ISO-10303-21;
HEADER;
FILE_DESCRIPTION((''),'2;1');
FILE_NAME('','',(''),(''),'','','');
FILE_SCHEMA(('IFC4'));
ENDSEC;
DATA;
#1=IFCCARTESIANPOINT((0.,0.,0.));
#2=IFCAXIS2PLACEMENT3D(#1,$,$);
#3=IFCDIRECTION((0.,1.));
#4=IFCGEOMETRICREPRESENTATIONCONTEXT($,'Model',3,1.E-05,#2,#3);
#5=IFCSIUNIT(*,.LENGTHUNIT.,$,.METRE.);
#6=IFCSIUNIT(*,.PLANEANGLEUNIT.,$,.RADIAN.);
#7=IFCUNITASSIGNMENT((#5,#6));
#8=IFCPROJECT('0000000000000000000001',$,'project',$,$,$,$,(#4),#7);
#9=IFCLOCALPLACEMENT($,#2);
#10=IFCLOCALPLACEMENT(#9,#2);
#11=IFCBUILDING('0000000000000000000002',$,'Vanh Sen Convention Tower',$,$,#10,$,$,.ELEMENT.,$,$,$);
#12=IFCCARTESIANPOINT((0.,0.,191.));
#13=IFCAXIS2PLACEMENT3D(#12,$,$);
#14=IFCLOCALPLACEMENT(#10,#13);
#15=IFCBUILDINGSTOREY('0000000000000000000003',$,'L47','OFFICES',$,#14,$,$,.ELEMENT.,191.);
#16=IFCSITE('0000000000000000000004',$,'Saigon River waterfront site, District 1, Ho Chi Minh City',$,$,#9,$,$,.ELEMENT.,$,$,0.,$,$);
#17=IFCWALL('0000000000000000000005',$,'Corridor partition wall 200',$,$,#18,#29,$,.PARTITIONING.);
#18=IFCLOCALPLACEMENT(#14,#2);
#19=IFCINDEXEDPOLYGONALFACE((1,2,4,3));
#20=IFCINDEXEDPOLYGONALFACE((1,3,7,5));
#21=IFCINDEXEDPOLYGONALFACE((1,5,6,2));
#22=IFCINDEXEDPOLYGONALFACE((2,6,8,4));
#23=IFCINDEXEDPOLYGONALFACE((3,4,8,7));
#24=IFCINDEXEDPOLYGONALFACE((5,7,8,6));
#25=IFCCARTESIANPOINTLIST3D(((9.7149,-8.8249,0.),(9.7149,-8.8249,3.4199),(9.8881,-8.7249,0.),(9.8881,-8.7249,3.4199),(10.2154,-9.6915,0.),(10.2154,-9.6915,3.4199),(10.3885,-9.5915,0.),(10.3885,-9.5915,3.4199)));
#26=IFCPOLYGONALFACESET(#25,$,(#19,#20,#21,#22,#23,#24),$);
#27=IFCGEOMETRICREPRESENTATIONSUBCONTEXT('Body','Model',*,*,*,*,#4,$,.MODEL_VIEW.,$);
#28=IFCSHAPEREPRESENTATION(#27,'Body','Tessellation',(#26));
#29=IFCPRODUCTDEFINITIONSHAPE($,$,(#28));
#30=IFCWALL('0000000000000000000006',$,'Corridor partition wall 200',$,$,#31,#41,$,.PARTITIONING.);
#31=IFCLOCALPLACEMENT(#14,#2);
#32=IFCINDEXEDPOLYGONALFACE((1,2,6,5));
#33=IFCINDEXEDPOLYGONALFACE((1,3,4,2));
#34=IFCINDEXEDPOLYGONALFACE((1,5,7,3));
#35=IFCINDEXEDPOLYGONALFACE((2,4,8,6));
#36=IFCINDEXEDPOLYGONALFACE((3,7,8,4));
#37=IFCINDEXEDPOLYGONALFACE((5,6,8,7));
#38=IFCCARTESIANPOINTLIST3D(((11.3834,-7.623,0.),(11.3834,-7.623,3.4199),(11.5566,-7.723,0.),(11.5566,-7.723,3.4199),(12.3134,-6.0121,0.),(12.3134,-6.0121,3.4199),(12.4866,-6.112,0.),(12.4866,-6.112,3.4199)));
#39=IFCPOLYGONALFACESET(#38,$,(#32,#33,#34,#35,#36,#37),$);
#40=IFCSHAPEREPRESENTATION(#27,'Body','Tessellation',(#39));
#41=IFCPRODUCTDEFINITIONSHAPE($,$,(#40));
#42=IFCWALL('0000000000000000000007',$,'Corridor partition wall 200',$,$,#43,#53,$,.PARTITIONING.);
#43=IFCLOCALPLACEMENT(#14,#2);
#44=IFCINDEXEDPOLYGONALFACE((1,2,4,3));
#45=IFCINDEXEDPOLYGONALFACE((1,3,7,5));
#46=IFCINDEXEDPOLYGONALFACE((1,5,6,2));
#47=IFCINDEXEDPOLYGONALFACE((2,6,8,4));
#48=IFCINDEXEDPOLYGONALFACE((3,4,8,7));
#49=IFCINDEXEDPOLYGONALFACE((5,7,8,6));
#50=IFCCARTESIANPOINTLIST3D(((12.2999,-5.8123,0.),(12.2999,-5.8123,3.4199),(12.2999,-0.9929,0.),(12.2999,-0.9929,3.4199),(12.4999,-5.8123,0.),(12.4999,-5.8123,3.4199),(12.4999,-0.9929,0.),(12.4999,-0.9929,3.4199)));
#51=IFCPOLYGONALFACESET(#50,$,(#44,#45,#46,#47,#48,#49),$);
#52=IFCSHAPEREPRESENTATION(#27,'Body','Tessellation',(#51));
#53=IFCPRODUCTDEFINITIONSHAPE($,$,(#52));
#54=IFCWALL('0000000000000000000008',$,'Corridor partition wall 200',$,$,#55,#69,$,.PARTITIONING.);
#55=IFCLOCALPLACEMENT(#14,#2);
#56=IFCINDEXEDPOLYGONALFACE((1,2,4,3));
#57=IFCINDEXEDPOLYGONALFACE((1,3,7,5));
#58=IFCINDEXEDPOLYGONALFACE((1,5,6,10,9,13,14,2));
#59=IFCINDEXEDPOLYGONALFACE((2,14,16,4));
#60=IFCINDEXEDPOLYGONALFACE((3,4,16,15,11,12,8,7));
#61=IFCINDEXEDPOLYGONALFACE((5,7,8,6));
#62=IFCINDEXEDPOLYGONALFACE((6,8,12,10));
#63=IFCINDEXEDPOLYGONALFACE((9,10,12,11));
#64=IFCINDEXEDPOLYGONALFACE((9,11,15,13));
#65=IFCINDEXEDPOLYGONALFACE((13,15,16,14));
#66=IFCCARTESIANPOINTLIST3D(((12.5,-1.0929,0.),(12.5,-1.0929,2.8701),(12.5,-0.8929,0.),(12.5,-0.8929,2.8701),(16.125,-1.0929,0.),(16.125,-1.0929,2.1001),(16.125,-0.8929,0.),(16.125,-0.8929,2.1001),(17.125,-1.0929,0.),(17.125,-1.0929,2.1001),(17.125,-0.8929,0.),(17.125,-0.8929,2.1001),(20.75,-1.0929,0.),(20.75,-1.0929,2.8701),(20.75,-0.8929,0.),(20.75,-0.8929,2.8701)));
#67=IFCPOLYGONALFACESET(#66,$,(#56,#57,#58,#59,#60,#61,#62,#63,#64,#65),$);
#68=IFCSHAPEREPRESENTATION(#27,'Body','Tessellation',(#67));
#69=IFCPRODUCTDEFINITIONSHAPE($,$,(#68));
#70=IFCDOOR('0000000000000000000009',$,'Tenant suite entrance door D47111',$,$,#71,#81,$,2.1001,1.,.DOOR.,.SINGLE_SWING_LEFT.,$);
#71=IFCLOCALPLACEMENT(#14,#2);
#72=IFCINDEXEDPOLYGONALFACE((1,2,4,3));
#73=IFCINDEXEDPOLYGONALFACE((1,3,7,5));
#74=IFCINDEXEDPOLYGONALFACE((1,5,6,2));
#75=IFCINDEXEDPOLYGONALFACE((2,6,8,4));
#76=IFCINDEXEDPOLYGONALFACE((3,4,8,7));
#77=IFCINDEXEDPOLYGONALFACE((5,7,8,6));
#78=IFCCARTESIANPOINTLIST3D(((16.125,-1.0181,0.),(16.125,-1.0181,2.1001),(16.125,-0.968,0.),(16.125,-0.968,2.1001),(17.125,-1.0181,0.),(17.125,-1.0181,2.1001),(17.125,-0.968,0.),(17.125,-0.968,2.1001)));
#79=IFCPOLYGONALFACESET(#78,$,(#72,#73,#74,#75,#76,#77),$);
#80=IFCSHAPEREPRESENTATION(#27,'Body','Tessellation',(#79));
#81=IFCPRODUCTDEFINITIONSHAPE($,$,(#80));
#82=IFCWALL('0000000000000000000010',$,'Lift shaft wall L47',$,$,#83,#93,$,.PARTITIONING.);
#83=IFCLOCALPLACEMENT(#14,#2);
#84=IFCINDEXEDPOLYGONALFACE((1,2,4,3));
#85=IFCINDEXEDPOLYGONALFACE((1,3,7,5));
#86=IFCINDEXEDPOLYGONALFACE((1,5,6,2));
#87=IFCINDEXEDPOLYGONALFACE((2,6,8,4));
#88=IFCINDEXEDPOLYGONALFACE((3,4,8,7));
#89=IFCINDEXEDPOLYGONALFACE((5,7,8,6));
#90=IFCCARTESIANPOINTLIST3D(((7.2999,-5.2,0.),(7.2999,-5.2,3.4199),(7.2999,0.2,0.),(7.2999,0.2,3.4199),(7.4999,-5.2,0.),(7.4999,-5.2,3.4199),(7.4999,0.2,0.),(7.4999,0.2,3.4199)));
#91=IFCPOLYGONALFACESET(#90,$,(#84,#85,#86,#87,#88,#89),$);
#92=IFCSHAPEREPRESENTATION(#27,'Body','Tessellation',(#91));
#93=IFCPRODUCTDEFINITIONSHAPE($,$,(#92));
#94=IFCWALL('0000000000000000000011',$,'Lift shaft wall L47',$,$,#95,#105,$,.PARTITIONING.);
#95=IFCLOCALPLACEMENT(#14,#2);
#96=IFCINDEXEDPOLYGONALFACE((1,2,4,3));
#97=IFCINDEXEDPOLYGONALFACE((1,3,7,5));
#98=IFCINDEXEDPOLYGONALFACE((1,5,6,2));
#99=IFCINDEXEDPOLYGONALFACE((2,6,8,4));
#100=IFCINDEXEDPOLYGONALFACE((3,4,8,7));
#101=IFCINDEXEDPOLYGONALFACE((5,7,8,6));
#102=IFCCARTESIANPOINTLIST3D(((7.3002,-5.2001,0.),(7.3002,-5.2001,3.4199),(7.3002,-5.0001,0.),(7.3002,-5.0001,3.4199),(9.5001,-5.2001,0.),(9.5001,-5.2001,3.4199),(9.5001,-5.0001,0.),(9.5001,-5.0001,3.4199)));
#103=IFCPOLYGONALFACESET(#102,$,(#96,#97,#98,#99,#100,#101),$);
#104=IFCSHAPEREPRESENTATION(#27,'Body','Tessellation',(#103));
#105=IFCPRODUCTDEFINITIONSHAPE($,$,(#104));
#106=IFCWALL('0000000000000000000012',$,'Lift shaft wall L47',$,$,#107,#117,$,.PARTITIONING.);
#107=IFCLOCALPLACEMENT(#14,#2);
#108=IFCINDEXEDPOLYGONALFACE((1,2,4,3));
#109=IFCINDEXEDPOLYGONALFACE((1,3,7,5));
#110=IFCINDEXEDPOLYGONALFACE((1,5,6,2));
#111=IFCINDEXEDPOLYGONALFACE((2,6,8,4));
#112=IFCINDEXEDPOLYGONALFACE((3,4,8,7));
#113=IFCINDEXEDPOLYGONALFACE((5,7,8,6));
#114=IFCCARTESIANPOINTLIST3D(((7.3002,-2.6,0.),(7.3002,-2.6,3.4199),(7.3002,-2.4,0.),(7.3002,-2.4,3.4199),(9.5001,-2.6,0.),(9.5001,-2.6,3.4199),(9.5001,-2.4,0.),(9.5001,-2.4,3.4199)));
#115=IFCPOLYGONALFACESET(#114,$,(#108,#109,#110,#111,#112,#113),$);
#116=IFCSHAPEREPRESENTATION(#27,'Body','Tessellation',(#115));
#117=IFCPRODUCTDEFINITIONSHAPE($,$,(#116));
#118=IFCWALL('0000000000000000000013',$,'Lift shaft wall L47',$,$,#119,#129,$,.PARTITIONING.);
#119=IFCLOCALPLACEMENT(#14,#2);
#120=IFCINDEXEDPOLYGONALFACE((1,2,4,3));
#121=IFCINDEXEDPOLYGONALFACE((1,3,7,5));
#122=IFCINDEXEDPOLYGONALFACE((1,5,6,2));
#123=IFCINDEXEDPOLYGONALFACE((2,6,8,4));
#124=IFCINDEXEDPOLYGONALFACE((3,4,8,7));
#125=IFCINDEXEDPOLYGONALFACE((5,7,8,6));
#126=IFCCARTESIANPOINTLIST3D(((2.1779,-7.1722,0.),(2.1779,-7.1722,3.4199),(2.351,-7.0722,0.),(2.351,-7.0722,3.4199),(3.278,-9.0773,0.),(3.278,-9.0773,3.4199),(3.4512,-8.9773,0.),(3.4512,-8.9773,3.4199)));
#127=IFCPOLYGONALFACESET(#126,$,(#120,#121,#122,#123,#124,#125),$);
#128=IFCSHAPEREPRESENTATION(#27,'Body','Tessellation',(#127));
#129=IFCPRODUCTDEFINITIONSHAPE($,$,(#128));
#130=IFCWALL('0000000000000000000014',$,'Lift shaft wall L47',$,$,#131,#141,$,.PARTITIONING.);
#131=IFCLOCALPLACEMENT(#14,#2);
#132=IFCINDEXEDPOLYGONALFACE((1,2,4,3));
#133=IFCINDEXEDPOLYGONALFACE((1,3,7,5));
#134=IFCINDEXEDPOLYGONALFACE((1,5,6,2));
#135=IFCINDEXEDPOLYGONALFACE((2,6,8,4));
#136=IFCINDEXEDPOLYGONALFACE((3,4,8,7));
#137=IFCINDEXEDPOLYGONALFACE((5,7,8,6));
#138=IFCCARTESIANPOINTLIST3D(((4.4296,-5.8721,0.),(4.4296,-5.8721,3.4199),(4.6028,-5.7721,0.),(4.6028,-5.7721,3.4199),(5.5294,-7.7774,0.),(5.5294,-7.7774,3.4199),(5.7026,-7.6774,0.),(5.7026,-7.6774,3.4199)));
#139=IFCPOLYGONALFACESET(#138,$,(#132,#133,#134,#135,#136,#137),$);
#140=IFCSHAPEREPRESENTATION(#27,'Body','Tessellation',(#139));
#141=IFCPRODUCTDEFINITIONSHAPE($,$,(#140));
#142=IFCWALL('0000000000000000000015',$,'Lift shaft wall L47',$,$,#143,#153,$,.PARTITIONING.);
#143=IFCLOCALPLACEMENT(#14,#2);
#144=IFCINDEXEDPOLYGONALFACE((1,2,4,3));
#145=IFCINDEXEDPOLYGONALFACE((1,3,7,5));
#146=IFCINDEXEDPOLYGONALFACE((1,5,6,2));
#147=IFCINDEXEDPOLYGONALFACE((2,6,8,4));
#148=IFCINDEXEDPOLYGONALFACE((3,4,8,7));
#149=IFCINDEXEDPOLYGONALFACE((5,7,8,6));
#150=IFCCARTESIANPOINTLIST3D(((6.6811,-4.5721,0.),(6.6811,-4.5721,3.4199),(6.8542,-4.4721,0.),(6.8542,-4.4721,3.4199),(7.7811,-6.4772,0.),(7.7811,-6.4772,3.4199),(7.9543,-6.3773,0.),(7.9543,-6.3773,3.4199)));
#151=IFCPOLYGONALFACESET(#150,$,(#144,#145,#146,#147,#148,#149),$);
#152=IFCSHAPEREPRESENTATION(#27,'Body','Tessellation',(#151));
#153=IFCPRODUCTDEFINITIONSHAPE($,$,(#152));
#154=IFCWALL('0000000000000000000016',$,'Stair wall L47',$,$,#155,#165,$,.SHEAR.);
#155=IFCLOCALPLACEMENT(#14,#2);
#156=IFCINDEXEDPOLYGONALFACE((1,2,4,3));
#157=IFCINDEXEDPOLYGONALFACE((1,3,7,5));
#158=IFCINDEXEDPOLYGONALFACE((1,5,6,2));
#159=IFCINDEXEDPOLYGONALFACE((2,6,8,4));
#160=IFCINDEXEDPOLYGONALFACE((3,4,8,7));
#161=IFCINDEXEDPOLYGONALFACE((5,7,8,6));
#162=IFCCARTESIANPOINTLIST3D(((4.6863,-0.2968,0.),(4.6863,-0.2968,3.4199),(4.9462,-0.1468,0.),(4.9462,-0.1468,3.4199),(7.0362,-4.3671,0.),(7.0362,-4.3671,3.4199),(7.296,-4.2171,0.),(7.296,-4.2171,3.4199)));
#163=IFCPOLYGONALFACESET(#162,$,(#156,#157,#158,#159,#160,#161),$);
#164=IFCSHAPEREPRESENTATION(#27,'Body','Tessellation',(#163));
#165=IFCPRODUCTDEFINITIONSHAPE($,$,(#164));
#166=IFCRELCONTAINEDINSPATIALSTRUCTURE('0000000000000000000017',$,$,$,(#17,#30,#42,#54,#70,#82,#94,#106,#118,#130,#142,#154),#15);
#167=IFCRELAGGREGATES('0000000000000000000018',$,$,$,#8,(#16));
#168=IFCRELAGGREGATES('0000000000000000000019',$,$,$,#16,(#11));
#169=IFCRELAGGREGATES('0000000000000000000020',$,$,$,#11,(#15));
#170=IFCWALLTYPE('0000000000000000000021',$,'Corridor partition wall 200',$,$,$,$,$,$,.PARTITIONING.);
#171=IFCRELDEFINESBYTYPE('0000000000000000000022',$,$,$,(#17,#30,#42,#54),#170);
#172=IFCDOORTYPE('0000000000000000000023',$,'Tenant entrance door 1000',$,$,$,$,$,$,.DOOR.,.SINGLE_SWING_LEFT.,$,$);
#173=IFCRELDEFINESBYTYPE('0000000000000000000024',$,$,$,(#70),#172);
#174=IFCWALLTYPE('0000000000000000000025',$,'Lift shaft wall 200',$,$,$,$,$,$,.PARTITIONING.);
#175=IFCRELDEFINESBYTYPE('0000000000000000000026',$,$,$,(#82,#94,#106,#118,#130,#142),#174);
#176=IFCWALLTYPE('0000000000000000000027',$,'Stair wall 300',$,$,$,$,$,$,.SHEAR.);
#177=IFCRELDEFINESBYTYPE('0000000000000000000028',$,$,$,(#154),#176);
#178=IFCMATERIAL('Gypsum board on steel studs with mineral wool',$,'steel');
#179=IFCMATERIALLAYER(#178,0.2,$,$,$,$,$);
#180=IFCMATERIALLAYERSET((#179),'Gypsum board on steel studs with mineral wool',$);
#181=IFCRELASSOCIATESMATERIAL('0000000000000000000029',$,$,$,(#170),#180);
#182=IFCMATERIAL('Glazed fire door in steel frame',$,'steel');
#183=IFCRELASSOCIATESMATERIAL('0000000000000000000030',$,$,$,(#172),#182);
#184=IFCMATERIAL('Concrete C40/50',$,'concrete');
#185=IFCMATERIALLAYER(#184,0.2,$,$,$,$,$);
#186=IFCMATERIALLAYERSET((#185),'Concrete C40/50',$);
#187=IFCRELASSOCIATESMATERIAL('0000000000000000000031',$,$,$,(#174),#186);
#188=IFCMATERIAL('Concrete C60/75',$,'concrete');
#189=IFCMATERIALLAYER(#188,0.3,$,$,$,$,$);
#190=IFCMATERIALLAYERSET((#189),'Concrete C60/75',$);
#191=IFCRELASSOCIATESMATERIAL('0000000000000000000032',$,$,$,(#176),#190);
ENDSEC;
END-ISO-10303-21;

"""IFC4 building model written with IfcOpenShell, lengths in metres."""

from ifc_helpers import new_model, si_unit, direction, frame, frame_2d, origin, place, context, subcontext, project, spatial, rectangle, extrude, material, layer, layer_set, type_object, element, fill, save


model = new_model("IFC4")

# Units and contexts
model_context = context("Model", 3, precision=1e-05, world=origin(), true_north=direction((0.0, 1.0)))
body_context = subcontext(model_context, "Body", "Model", "MODEL_VIEW")
ifc_project = project(units=[si_unit("LENGTHUNIT", "METRE"), si_unit("PLANEANGLEUNIT", "RADIAN")], contexts=[model_context])

# Site, building, storey
site_placement = place(None, origin())
site = spatial("IfcSite", under=ifc_project, at=site_placement, Name="Saigon River waterfront site, District 1, Ho Chi Minh City", CompositionType="ELEMENT", RefElevation=0.0)
building_placement = place(site_placement, origin())
building = spatial("IfcBuilding", under=site, at=building_placement, Name="Vanh Sen Convention Tower", CompositionType="ELEMENT")
storey_placement = place(building_placement, frame((0.0, 0.0, 191.0)))
storey = spatial("IfcBuildingStorey", under=building, at=storey_placement, Name="L47", Description="OFFICES", CompositionType="ELEMENT", Elevation=191.0)

# Walls
ifc_material_1 = material(Name="Gypsum board on steel studs with mineral wool", Category="steel")
ifc_layer_1 = layer(ifc_material_1, 0.2)
ifc_layer_set_1 = layer_set([ifc_layer_1], Name="Gypsum board on steel studs with mineral wool")
wall_type_1 = type_object("IfcWallType", Name="Corridor partition wall 200", PredefinedType="PARTITIONING", material=ifc_layer_set_1)
wall_1_placement = place(storey_placement, frame((10.302, -9.6416, 0.0), z_axis=(0.0, 0.0, 1.0), x_axis=(-0.500074, 0.865982, 0.0)))
element("IfcWall", 1, at=wall_1_placement, inside=storey, type_object=wall_type_1, Name="Corridor partition wall 200", PredefinedType="PARTITIONING", context=body_context, shape_type="SweptSolid", body=[
    extrude(rectangle(XDim=1.0007, YDim=0.2, at=frame_2d((0.5005, 0.0))), origin(), (0.0, 0.0, 1.0), 3.4199),
])
wall_2_placement = place(storey_placement, frame((11.47, -7.6731, 0.0), z_axis=(0.0, 0.0, 1.0), x_axis=(0.499965, 0.866046, 0.0)))
element("IfcWall", 2, at=wall_2_placement, inside=storey, type_object=wall_type_1, Name="Corridor partition wall 200", PredefinedType="PARTITIONING", context=body_context, shape_type="SweptSolid", body=[
    extrude(rectangle(XDim=1.8601, YDim=0.2, at=frame_2d((0.9302, 0.0))), origin(), (0.0, 0.0, 1.0), 3.4199),
])
wall_3_placement = place(storey_placement, frame((12.3999, -5.8123, 0.0), z_axis=(0.0, 0.0, 1.0), x_axis=(0.0, 1.0, 0.0)))
element("IfcWall", 3, at=wall_3_placement, inside=storey, type_object=wall_type_1, Name="Corridor partition wall 200", PredefinedType="PARTITIONING", context=body_context, shape_type="SweptSolid", body=[
    extrude(rectangle(XDim=4.8193, YDim=0.2, at=frame_2d((2.4097, 0.0))), origin(), (0.0, 0.0, 1.0), 3.4199),
])

# Wall, opening, door
wall_4_placement = place(storey_placement, frame((12.5, -0.9929, 0.0), z_axis=(0.0, 0.0, 1.0), x_axis=(1.0, 0.0, 0.0)))
wall_4 = element("IfcWall", 4, at=wall_4_placement, inside=storey, type_object=wall_type_1, Name="Corridor partition wall 200", PredefinedType="PARTITIONING", context=body_context, shape_type="SweptSolid", body=[
    extrude(rectangle(XDim=8.25, YDim=0.2, at=frame_2d((4.125, 0.0))), origin(), (0.0, 0.0, 1.0), 2.8701),
])
opening_1_placement = place(wall_4_placement, frame((3.625, 0.0, 0.0)))
opening_1 = element("IfcOpeningElement", 5, at=opening_1_placement, cuts=wall_4, PredefinedType="OPENING", context=body_context, shape_type="SweptSolid", body=[
    extrude(rectangle(XDim=1.0, YDim=2.1001, at=frame_2d((0.5, 1.05))), frame((0.0, 0.1099, 0.0), z_axis=(0.0, -1.0, 0.0), x_axis=(1.0, 0.0, 0.0)), (0.0, 0.0, 1.0), 0.22),
])
ifc_material_2 = material(Name="Glazed fire door in steel frame", Category="steel")
door_type_1 = type_object("IfcDoorType", Name="Tenant entrance door 1000", OperationType="SINGLE_SWING_LEFT", PredefinedType="DOOR", material=ifc_material_2)
door_1_placement = place(opening_1_placement, origin())
door_1 = element("IfcDoor", 6, at=door_1_placement, inside=storey, type_object=door_type_1, Name="Tenant suite entrance door D47111", OperationType="SINGLE_SWING_LEFT", OverallHeight=2.1001, OverallWidth=1.0, PredefinedType="DOOR", context=body_context, shape_type="SweptSolid", body=[
    extrude(rectangle(XDim=1.0, YDim=2.1001, at=frame_2d((0.5, 1.05))), frame((0.0, 0.0249, 0.0), z_axis=(0.0, -1.0, 0.0), x_axis=(1.0, 0.0, 0.0)), (0.0, 0.0, 1.0), 0.05),
])
fill(opening_1, door_1)

# Walls
ifc_material_3 = material(Name="Concrete C40/50", Category="concrete")
ifc_layer_2 = layer(ifc_material_3, 0.2)
ifc_layer_set_2 = layer_set([ifc_layer_2], Name="Concrete C40/50")
wall_type_2 = type_object("IfcWallType", Name="Lift shaft wall 200", PredefinedType="PARTITIONING", material=ifc_layer_set_2)
wall_5_placement = place(storey_placement, frame((7.3999, -5.2, 0.0), z_axis=(0.0, 0.0, 1.0), x_axis=(0.0, 1.0, 0.0)))
element("IfcWall", 7, at=wall_5_placement, inside=storey, type_object=wall_type_2, Name="Lift shaft wall L47", PredefinedType="PARTITIONING", context=body_context, shape_type="SweptSolid", body=[
    extrude(rectangle(XDim=5.3999, YDim=0.2, at=frame_2d((2.7, 0.0))), origin(), (0.0, 0.0, 1.0), 3.4199),
])
for number, where, z_axis, x_axis, name in (
    (8, (7.3, -5.1001, 0.0), (0.0, 0.0, 1.0), (1.0, 0.0, 0.0), "Lift shaft wall L47"),
    (9, (7.3, -2.5, 0.0), (0.0, 0.0, 1.0), (1.0, 0.0, 0.0), "Lift shaft wall L47"),
    (10, (2.2644, -7.1221, 0.0), (0.0, 0.0, 1.0), (0.500078, -0.86598, 0.0), "Lift shaft wall L47"),
    (11, (4.5161, -5.822, 0.0), (0.0, 0.0, 1.0), (0.499947, -0.866056, 0.0), "Lift shaft wall L47"),
    (12, (6.7676, -4.522, 0.0), (0.0, 0.0, 1.0), (0.50003, -0.866008, 0.0), "Lift shaft wall L47"),
):
    element("IfcWall", number, at=place(storey_placement, frame(where, z_axis=z_axis, x_axis=x_axis)), inside=storey, type_object=wall_type_2, Name=name, PredefinedType="PARTITIONING", context=body_context, shape_type="SweptSolid", body=[
        extrude(rectangle(XDim=2.2, YDim=0.2, at=frame_2d((1.1001, 0.0))), origin(), (0.0, 0.0, 1.0), 3.4199),
    ])
ifc_material_4 = material(Name="Concrete C60/75", Category="concrete")
ifc_layer_3 = layer(ifc_material_4, 0.3)
ifc_layer_set_3 = layer_set([ifc_layer_3], Name="Concrete C60/75")
wall_type_3 = type_object("IfcWallType", Name="Stair wall 300", PredefinedType="SHEAR", material=ifc_layer_set_3)
wall_6_placement = place(storey_placement, frame((4.8162, -0.2217, 0.0), z_axis=(0.0, 0.0, 1.0), x_axis=(0.499977, -0.866039, 0.0)))
element("IfcWall", 13, at=wall_6_placement, inside=storey, type_object=wall_type_3, Name="Stair wall L47", PredefinedType="SHEAR", context=body_context, shape_type="SweptSolid", body=[
    extrude(rectangle(XDim=4.7, YDim=0.3, at=frame_2d((2.3501, 0.0))), origin(), (0.0, 0.0, 1.0), 3.4199),
])

save(model, "model.ifc")
